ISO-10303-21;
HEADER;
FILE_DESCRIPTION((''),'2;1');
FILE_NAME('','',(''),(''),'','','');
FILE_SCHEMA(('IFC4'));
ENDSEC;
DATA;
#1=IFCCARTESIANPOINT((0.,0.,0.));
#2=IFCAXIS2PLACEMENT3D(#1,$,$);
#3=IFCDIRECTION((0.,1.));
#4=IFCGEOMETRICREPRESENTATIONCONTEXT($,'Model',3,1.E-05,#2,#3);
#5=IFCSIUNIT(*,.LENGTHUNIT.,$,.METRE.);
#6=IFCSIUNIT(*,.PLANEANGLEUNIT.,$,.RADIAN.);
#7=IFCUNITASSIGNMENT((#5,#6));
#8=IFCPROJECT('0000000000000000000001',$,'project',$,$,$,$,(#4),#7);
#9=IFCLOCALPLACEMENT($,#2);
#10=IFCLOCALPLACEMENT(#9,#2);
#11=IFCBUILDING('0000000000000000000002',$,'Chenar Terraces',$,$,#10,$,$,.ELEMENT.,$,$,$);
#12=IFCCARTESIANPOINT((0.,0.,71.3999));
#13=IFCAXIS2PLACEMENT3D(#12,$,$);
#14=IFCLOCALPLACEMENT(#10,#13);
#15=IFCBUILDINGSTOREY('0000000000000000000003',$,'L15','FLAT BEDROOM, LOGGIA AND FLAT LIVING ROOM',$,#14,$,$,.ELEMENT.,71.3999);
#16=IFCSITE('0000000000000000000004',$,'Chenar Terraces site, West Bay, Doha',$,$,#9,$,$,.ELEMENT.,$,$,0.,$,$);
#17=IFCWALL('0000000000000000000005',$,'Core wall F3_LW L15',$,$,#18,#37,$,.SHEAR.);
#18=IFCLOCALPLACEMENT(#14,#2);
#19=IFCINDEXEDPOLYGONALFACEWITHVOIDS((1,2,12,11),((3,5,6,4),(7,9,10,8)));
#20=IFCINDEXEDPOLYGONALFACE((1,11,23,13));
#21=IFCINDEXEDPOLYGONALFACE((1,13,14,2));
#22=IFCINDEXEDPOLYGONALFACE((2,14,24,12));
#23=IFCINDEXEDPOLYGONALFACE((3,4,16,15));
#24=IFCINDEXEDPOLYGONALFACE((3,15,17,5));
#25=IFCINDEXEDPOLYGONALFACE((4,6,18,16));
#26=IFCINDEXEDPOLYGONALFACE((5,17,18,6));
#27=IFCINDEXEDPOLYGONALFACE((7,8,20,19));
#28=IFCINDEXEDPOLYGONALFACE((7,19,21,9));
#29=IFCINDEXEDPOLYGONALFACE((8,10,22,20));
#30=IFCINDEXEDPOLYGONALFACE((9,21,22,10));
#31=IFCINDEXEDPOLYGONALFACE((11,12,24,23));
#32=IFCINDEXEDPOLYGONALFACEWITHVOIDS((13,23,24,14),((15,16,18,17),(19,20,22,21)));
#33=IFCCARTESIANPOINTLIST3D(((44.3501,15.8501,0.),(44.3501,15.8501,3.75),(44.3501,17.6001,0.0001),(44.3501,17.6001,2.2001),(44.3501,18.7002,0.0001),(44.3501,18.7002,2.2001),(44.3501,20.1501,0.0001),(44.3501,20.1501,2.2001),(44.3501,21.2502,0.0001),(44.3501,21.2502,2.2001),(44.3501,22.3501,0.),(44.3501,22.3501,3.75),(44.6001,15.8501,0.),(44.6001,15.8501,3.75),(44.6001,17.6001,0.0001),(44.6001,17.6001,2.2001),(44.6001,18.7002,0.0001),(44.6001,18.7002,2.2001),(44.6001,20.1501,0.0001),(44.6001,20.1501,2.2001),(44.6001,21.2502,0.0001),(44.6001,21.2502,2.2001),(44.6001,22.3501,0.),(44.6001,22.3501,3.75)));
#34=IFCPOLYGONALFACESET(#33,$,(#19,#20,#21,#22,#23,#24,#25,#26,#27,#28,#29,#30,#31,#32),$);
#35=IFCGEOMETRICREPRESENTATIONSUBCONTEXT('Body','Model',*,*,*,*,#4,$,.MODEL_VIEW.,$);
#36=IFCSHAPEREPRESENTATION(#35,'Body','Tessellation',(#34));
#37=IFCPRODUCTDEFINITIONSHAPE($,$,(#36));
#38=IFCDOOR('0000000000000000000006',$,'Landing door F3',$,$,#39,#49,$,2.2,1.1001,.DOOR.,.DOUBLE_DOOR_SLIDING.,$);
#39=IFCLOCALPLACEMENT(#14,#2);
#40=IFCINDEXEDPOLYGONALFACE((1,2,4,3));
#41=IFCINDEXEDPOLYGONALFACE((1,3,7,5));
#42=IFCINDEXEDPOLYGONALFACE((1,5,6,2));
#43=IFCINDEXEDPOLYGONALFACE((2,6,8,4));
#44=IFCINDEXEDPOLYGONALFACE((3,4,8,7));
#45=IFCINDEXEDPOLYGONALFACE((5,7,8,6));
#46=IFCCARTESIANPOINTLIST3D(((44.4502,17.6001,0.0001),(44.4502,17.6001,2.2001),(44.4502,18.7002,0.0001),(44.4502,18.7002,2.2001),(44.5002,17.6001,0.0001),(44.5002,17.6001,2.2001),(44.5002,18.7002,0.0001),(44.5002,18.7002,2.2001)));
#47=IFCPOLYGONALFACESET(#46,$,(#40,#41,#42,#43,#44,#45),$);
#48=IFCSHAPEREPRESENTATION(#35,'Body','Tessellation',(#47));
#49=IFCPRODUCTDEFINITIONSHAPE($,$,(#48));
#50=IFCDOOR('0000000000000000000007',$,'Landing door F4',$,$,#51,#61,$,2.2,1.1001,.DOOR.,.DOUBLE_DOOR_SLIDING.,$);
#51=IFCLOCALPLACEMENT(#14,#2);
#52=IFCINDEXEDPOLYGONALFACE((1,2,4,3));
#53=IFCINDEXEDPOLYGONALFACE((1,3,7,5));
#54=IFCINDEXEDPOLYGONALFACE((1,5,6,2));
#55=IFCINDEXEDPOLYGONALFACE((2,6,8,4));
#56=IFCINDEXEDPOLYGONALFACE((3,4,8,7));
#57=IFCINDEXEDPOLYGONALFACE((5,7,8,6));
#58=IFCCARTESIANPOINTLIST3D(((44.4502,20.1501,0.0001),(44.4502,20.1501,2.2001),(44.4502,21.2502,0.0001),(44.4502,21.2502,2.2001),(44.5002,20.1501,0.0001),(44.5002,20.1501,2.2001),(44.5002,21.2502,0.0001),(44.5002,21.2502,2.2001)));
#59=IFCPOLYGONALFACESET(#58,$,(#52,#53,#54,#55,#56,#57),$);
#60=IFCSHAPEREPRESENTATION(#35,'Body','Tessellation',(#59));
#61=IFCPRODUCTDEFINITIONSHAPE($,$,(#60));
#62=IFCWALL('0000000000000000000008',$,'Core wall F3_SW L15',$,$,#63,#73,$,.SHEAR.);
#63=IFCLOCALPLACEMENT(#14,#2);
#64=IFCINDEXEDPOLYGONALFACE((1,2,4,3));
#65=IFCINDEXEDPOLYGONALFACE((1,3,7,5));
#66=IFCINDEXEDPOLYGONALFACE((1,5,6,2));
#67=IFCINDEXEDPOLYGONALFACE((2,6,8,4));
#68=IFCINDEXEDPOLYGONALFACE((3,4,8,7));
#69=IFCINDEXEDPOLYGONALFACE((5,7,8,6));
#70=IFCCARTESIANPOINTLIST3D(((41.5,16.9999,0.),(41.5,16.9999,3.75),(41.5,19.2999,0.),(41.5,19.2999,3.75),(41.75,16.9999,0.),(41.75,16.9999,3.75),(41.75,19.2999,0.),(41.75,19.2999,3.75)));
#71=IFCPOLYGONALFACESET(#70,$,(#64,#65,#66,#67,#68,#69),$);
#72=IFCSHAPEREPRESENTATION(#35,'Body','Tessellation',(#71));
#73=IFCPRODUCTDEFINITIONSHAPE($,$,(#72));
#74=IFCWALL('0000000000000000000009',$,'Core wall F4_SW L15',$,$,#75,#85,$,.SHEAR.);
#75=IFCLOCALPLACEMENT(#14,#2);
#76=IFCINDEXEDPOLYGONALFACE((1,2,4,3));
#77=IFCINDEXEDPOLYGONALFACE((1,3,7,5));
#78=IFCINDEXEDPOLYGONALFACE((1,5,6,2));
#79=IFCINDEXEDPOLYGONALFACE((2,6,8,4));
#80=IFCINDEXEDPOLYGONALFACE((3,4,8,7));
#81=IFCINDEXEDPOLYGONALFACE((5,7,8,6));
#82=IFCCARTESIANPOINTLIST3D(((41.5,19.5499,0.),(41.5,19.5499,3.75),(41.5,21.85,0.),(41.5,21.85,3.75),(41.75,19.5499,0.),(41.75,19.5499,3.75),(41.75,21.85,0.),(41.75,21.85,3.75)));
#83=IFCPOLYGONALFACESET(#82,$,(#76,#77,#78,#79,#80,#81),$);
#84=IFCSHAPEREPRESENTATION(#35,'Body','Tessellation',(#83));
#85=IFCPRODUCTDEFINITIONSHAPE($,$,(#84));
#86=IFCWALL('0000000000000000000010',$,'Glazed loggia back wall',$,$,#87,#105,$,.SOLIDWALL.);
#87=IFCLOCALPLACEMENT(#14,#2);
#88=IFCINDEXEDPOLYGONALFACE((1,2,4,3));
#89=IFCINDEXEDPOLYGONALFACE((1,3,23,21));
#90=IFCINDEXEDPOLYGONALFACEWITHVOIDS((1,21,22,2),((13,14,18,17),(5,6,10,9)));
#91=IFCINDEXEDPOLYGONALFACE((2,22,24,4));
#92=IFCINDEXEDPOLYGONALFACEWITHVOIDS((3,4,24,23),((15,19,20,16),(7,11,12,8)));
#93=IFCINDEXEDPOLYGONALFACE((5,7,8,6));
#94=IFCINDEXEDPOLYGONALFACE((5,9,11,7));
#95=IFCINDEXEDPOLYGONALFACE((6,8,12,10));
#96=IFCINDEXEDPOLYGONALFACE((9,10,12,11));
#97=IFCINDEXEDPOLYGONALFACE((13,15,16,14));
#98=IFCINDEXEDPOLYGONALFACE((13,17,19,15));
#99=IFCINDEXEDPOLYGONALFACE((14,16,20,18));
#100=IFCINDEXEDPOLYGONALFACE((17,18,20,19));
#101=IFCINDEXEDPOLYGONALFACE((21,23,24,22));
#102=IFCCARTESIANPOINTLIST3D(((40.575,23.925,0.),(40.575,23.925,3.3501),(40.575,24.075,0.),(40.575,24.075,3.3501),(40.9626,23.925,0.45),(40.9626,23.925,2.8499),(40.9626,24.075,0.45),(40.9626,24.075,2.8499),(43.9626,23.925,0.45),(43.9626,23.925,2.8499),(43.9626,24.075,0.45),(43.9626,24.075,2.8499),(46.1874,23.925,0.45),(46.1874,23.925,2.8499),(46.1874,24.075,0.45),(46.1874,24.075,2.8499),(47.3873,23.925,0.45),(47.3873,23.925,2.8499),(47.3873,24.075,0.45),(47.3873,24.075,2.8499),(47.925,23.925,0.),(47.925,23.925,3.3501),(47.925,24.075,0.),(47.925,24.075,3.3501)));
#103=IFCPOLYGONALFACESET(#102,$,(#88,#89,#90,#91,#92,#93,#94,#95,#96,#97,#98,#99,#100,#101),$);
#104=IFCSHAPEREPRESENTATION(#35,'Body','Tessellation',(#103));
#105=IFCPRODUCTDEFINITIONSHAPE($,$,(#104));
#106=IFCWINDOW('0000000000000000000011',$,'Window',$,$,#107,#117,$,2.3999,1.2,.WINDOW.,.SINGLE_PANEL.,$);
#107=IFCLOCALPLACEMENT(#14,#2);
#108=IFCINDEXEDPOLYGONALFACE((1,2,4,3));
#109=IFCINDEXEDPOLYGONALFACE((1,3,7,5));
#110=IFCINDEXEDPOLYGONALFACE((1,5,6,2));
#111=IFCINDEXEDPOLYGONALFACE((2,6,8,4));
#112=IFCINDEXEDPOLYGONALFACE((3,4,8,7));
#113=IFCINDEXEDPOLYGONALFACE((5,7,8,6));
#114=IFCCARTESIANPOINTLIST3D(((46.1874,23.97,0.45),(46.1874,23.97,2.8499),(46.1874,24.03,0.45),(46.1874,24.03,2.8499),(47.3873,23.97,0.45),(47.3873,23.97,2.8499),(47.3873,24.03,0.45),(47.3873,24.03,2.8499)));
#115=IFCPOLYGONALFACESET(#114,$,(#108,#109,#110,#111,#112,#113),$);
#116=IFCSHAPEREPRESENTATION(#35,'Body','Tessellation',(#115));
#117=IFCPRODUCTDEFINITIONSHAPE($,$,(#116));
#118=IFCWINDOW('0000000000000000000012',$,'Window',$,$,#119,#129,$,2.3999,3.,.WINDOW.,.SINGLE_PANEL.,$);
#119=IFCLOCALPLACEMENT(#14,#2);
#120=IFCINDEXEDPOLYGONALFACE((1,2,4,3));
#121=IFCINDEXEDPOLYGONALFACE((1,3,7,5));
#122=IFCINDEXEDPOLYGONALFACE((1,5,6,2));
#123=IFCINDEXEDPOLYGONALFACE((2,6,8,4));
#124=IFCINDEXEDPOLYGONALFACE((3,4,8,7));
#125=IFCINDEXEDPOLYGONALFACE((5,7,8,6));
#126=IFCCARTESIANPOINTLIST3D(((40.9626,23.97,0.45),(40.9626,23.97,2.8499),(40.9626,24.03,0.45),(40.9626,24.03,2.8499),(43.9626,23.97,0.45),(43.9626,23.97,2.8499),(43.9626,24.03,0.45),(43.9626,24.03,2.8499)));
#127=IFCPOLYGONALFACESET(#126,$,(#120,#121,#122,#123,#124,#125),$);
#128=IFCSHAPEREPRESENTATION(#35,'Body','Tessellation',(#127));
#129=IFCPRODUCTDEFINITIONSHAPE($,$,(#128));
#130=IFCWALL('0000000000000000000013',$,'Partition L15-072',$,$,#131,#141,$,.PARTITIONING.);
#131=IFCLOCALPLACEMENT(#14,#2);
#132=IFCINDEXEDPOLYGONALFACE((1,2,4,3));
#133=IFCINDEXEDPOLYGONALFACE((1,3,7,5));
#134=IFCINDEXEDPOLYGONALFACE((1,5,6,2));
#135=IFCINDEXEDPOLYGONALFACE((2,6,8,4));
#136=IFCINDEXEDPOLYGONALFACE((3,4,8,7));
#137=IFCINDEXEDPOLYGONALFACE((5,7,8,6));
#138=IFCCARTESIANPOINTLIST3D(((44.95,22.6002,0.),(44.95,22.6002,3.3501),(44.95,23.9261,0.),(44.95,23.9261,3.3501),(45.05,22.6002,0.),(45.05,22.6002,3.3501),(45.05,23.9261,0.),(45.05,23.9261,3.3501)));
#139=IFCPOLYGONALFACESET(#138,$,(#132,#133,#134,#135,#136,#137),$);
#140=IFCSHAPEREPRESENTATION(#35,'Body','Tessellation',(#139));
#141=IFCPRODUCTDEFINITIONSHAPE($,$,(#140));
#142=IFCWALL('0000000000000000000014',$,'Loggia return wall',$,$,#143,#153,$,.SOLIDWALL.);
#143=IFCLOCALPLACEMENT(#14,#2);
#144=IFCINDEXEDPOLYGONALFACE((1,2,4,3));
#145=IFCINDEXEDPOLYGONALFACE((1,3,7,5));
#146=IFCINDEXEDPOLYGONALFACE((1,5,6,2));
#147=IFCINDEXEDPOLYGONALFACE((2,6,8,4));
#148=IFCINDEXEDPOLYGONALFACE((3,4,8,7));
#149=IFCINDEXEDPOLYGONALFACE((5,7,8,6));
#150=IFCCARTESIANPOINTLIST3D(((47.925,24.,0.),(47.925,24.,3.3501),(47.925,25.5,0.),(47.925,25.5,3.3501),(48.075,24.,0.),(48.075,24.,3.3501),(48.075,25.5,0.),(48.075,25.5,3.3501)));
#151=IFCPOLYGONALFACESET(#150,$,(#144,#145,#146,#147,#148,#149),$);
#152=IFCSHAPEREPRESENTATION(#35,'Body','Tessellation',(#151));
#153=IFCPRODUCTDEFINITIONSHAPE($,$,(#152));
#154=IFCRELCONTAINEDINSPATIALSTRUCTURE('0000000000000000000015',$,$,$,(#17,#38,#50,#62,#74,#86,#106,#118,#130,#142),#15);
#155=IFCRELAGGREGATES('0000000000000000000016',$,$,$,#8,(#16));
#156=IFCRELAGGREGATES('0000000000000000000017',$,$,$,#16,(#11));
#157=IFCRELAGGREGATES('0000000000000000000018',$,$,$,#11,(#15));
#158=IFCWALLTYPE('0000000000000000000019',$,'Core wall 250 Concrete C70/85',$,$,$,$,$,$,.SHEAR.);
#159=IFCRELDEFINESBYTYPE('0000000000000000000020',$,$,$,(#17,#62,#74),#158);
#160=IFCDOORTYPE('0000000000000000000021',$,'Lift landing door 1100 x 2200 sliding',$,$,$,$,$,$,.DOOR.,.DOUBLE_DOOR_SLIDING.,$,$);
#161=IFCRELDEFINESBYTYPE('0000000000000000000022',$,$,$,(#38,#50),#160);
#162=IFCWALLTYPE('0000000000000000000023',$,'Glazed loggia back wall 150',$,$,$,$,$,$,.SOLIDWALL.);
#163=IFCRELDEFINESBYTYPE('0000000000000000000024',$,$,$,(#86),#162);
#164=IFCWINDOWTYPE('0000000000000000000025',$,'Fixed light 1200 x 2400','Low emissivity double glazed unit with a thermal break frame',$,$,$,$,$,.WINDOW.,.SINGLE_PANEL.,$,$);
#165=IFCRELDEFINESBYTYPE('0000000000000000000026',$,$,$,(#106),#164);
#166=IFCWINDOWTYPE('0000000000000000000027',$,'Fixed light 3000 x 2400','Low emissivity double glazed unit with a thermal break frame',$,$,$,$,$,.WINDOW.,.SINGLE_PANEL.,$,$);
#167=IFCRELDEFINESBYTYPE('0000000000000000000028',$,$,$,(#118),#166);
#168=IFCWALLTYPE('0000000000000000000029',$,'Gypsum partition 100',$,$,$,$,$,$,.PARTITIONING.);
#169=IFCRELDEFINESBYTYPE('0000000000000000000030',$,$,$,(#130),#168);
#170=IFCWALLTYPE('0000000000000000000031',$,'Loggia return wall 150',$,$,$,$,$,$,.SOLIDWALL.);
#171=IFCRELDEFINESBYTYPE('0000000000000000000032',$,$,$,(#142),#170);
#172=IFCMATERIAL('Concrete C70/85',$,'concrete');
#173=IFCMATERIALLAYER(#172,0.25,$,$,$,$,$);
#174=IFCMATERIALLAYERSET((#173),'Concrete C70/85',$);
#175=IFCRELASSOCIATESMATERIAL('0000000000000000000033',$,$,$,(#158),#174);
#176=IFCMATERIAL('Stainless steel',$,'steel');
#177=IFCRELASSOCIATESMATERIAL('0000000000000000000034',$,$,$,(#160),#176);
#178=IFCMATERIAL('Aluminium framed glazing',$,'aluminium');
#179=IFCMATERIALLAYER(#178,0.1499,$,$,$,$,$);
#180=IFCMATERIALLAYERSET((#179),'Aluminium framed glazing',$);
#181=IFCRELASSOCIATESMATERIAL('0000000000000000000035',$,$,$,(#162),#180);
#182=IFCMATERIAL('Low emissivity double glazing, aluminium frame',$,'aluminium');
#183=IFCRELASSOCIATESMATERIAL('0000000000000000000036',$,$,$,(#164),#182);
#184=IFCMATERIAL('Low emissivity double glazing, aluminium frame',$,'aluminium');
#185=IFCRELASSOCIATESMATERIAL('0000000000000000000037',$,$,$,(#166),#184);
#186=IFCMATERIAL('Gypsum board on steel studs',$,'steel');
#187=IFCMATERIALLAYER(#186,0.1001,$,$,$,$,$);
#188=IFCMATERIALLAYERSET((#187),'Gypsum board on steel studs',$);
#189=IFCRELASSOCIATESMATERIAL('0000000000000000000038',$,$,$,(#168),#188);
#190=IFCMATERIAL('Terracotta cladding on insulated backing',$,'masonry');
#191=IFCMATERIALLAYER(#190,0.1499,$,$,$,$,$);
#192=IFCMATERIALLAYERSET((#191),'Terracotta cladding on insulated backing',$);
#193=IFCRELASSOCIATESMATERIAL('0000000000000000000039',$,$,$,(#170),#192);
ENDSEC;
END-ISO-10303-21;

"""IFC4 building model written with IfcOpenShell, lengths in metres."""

from ifc_helpers import new_model, si_unit, direction, frame, frame_2d, origin, place, context, subcontext, project, spatial, rectangle, extrude, material, layer, layer_set, type_object, element, fill, save


model = new_model("IFC4")

# Units and contexts
model_context = context("Model", 3, precision=1e-05, world=origin(), true_north=direction((0.0, 1.0)))
body_context = subcontext(model_context, "Body", "Model", "MODEL_VIEW")
ifc_project = project(units=[si_unit("LENGTHUNIT", "METRE"), si_unit("PLANEANGLEUNIT", "RADIAN")], contexts=[model_context])

# Site, building, storey
site_placement = place(None, origin())
site = spatial("IfcSite", under=ifc_project, at=site_placement, Name="Chenar Terraces site, West Bay, Doha", CompositionType="ELEMENT", RefElevation=0.0)
building_placement = place(site_placement, origin())
building = spatial("IfcBuilding", under=site, at=building_placement, Name="Chenar Terraces", CompositionType="ELEMENT")
storey_placement = place(building_placement, frame((0.0, 0.0, 71.3999)))
storey = spatial("IfcBuildingStorey", under=building, at=storey_placement, Name="L15", Description="FLAT BEDROOM, LOGGIA AND FLAT LIVING ROOM", CompositionType="ELEMENT", Elevation=71.3999)

# Shared definitions
ifc_material_1 = material(Name="Concrete C70/85", Category="concrete")
ifc_layer_1 = layer(ifc_material_1, 0.25)
ifc_layer_set_1 = layer_set([ifc_layer_1], Name="Concrete C70/85")
wall_type_1 = type_object("IfcWallType", Name="Core wall 250 Concrete C70/85", PredefinedType="SHEAR", material=ifc_layer_set_1)

# Wall, openings, doors
wall_1_placement = place(storey_placement, frame((44.4751, 15.8501, 0.0), z_axis=(0.0, 0.0, 1.0), x_axis=(0.0, 1.0, 0.0)))
wall_1 = element("IfcWall", 1, at=wall_1_placement, inside=storey, type_object=wall_type_1, Name="Core wall F3_LW L15", PredefinedType="SHEAR", context=body_context, shape_type="SweptSolid", body=[
    extrude(rectangle(XDim=6.5, YDim=0.25, at=frame_2d((3.25, 0.0))), origin(), (0.0, 0.0, 1.0), 3.75),
])
opening_1_placement = place(wall_1_placement, frame((1.75, 0.0, 0.0)))
opening_1 = element("IfcOpeningElement", 2, at=opening_1_placement, cuts=wall_1, PredefinedType="OPENING", context=body_context, shape_type="SweptSolid", body=[
    extrude(rectangle(XDim=1.1001, YDim=2.2, at=frame_2d((0.55, 1.1001))), frame((0.0, 0.135, 0.0), z_axis=(0.0, -1.0, 0.0), x_axis=(1.0, 0.0, 0.0)), (0.0, 0.0, 1.0), 0.27),
])
opening_2_placement = place(wall_1_placement, frame((4.3, 0.0, 0.0)))
opening_2 = element("IfcOpeningElement", 3, at=opening_2_placement, cuts=wall_1, PredefinedType="OPENING", context=body_context, shape_type="SweptSolid", body=[
    extrude(rectangle(XDim=1.1001, YDim=2.2, at=frame_2d((0.55, 1.1001))), frame((0.0, 0.135, 0.0), z_axis=(0.0, -1.0, 0.0), x_axis=(1.0, 0.0, 0.0)), (0.0, 0.0, 1.0), 0.27),
])
ifc_material_2 = material(Name="Stainless steel", Category="steel")
door_type_1 = type_object("IfcDoorType", Name="Lift landing door 1100 x 2200 sliding", OperationType="DOUBLE_DOOR_SLIDING", PredefinedType="DOOR", material=ifc_material_2)
door_1_placement = place(opening_1_placement, origin())
door_1 = element("IfcDoor", 4, at=door_1_placement, inside=storey, type_object=door_type_1, Name="Landing door F3", OperationType="DOUBLE_DOOR_SLIDING", OverallHeight=2.2, OverallWidth=1.1001, PredefinedType="DOOR", context=body_context, shape_type="SweptSolid", body=[
    extrude(rectangle(XDim=1.1001, YDim=2.2, at=frame_2d((0.55, 1.1001))), frame((0.0, 0.0249, 0.0), z_axis=(0.0, -1.0, 0.0), x_axis=(1.0, 0.0, 0.0)), (0.0, 0.0, 1.0), 0.05),
])
fill(opening_1, door_1)
door_2_placement = place(opening_2_placement, origin())
door_2 = element("IfcDoor", 5, at=door_2_placement, inside=storey, type_object=door_type_1, Name="Landing door F4", OperationType="DOUBLE_DOOR_SLIDING", OverallHeight=2.2, OverallWidth=1.1001, PredefinedType="DOOR", context=body_context, shape_type="SweptSolid", body=[
    extrude(rectangle(XDim=1.1001, YDim=2.2, at=frame_2d((0.55, 1.1001))), frame((0.0, 0.0249, 0.0), z_axis=(0.0, -1.0, 0.0), x_axis=(1.0, 0.0, 0.0)), (0.0, 0.0, 1.0), 0.05),
])
fill(opening_2, door_2)

# Walls
for number, where, z_axis, x_axis, name in (
    (6, (41.625, 17.0, 0.0), (0.0, 0.0, 1.0), (0.0, 1.0, 0.0), "Core wall F3_SW L15"),
    (7, (41.625, 19.55, 0.0), (0.0, 0.0, 1.0), (0.0, 1.0, 0.0), "Core wall F4_SW L15"),
):
    element("IfcWall", number, at=place(storey_placement, frame(where, z_axis=z_axis, x_axis=x_axis)), inside=storey, type_object=wall_type_1, Name=name, PredefinedType="SHEAR", context=body_context, shape_type="SweptSolid", body=[
        extrude(rectangle(XDim=2.3, YDim=0.25, at=frame_2d((1.1499, 0.0))), origin(), (0.0, 0.0, 1.0), 3.75),
    ])

# Wall, openings, windows
ifc_material_3 = material(Name="Aluminium framed glazing", Category="aluminium")
ifc_layer_2 = layer(ifc_material_3, 0.1499)
ifc_layer_set_2 = layer_set([ifc_layer_2], Name="Aluminium framed glazing")
wall_type_2 = type_object("IfcWallType", Name="Glazed loggia back wall 150", PredefinedType="SOLIDWALL", material=ifc_layer_set_2)
wall_2_placement = place(storey_placement, frame((47.925, 24.0, 0.0), z_axis=(0.0, 0.0, 1.0), x_axis=(-1.0, 0.0, 0.0)))
wall_2 = element("IfcWall", 8, at=wall_2_placement, inside=storey, type_object=wall_type_2, Name="Glazed loggia back wall", PredefinedType="SOLIDWALL", context=body_context, shape_type="SweptSolid", body=[
    extrude(rectangle(XDim=7.3501, YDim=0.1499, at=frame_2d((3.675, 0.0))), origin(), (0.0, 0.0, 1.0), 3.3501),
])
opening_3_placement = place(wall_2_placement, frame((0.5376, 0.0, 0.45)))
opening_3 = element("IfcOpeningElement", 9, at=opening_3_placement, cuts=wall_2, PredefinedType="OPENING", context=body_context, shape_type="SweptSolid", body=[
    extrude(rectangle(XDim=1.2, YDim=2.3999, at=frame_2d((0.6001, 1.2))), frame((0.0, 0.085, 0.0), z_axis=(0.0, -1.0, 0.0), x_axis=(1.0, 0.0, 0.0)), (0.0, 0.0, 1.0), 0.1699),
])
opening_4_placement = place(wall_2_placement, frame((3.9624, 0.0, 0.45)))
opening_4 = element("IfcOpeningElement", 10, at=opening_4_placement, cuts=wall_2, PredefinedType="OPENING", context=body_context, shape_type="SweptSolid", body=[
    extrude(rectangle(XDim=3.0, YDim=2.3999, at=frame_2d((1.5, 1.2))), frame((0.0, 0.085, 0.0), z_axis=(0.0, -1.0, 0.0), x_axis=(1.0, 0.0, 0.0)), (0.0, 0.0, 1.0), 0.1699),
])
ifc_material_4 = material(Name="Low emissivity double glazing, aluminium frame", Category="aluminium")
window_type_1 = type_object("IfcWindowType", Name="Fixed light 1200 x 2400", Description="Low emissivity double glazed unit with a thermal break frame", PartitioningType="SINGLE_PANEL", PredefinedType="WINDOW", material=ifc_material_4)
window_1_placement = place(opening_3_placement, origin())
window_1 = element("IfcWindow", 11, at=window_1_placement, inside=storey, type_object=window_type_1, Name="Window", OverallHeight=2.3999, OverallWidth=1.2, PartitioningType="SINGLE_PANEL", PredefinedType="WINDOW", context=body_context, shape_type="SweptSolid", body=[
    extrude(rectangle(XDim=1.2, YDim=2.3999, at=frame_2d((0.6001, 1.2))), frame((0.0, 0.03, 0.0), z_axis=(0.0, -1.0, 0.0), x_axis=(1.0, 0.0, 0.0)), (0.0, 0.0, 1.0), 0.0601),
])
fill(opening_3, window_1)
ifc_material_5 = material(Name="Low emissivity double glazing, aluminium frame", Category="aluminium")
window_type_2 = type_object("IfcWindowType", Name="Fixed light 3000 x 2400", Description="Low emissivity double glazed unit with a thermal break frame", PartitioningType="SINGLE_PANEL", PredefinedType="WINDOW", material=ifc_material_5)
window_2_placement = place(opening_4_placement, origin())
window_2 = element("IfcWindow", 12, at=window_2_placement, inside=storey, type_object=window_type_2, Name="Window", OverallHeight=2.3999, OverallWidth=3.0, PartitioningType="SINGLE_PANEL", PredefinedType="WINDOW", context=body_context, shape_type="SweptSolid", body=[
    extrude(rectangle(XDim=3.0, YDim=2.3999, at=frame_2d((1.5, 1.2))), frame((0.0, 0.03, 0.0), z_axis=(0.0, -1.0, 0.0), x_axis=(1.0, 0.0, 0.0)), (0.0, 0.0, 1.0), 0.0601),
])
fill(opening_4, window_2)

# Walls
ifc_material_6 = material(Name="Gypsum board on steel studs", Category="steel")
ifc_layer_3 = layer(ifc_material_6, 0.1001)
ifc_layer_set_3 = layer_set([ifc_layer_3], Name="Gypsum board on steel studs")
wall_type_3 = type_object("IfcWallType", Name="Gypsum partition 100", PredefinedType="PARTITIONING", material=ifc_layer_set_3)
wall_3_placement = place(storey_placement, frame((45.0, 22.6001, 0.0), z_axis=(0.0, 0.0, 1.0), x_axis=(0.0, 1.0, 0.0)))
element("IfcWall", 13, at=wall_3_placement, inside=storey, type_object=wall_type_3, Name="Partition L15-072", PredefinedType="PARTITIONING", context=body_context, shape_type="SweptSolid", body=[
    extrude(rectangle(XDim=1.3259, YDim=0.1001, at=frame_2d((0.6631, 0.0))), origin(), (0.0, 0.0, 1.0), 3.3501),
])
ifc_material_7 = material(Name="Terracotta cladding on insulated backing", Category="masonry")
ifc_layer_4 = layer(ifc_material_7, 0.1499)
ifc_layer_set_4 = layer_set([ifc_layer_4], Name="Terracotta cladding on insulated backing")
wall_type_4 = type_object("IfcWallType", Name="Loggia return wall 150", PredefinedType="SOLIDWALL", material=ifc_layer_set_4)
wall_4_placement = place(storey_placement, frame((48.0, 25.5, 0.0), z_axis=(0.0, 0.0, 1.0), x_axis=(0.0, -1.0, 0.0)))
element("IfcWall", 14, at=wall_4_placement, inside=storey, type_object=wall_type_4, Name="Loggia return wall", PredefinedType="SOLIDWALL", context=body_context, shape_type="SweptSolid", body=[
    extrude(rectangle(XDim=1.5, YDim=0.1499, at=frame_2d((0.75, 0.0))), origin(), (0.0, 0.0, 1.0), 3.3501),
])

save(model, "model.ifc")
